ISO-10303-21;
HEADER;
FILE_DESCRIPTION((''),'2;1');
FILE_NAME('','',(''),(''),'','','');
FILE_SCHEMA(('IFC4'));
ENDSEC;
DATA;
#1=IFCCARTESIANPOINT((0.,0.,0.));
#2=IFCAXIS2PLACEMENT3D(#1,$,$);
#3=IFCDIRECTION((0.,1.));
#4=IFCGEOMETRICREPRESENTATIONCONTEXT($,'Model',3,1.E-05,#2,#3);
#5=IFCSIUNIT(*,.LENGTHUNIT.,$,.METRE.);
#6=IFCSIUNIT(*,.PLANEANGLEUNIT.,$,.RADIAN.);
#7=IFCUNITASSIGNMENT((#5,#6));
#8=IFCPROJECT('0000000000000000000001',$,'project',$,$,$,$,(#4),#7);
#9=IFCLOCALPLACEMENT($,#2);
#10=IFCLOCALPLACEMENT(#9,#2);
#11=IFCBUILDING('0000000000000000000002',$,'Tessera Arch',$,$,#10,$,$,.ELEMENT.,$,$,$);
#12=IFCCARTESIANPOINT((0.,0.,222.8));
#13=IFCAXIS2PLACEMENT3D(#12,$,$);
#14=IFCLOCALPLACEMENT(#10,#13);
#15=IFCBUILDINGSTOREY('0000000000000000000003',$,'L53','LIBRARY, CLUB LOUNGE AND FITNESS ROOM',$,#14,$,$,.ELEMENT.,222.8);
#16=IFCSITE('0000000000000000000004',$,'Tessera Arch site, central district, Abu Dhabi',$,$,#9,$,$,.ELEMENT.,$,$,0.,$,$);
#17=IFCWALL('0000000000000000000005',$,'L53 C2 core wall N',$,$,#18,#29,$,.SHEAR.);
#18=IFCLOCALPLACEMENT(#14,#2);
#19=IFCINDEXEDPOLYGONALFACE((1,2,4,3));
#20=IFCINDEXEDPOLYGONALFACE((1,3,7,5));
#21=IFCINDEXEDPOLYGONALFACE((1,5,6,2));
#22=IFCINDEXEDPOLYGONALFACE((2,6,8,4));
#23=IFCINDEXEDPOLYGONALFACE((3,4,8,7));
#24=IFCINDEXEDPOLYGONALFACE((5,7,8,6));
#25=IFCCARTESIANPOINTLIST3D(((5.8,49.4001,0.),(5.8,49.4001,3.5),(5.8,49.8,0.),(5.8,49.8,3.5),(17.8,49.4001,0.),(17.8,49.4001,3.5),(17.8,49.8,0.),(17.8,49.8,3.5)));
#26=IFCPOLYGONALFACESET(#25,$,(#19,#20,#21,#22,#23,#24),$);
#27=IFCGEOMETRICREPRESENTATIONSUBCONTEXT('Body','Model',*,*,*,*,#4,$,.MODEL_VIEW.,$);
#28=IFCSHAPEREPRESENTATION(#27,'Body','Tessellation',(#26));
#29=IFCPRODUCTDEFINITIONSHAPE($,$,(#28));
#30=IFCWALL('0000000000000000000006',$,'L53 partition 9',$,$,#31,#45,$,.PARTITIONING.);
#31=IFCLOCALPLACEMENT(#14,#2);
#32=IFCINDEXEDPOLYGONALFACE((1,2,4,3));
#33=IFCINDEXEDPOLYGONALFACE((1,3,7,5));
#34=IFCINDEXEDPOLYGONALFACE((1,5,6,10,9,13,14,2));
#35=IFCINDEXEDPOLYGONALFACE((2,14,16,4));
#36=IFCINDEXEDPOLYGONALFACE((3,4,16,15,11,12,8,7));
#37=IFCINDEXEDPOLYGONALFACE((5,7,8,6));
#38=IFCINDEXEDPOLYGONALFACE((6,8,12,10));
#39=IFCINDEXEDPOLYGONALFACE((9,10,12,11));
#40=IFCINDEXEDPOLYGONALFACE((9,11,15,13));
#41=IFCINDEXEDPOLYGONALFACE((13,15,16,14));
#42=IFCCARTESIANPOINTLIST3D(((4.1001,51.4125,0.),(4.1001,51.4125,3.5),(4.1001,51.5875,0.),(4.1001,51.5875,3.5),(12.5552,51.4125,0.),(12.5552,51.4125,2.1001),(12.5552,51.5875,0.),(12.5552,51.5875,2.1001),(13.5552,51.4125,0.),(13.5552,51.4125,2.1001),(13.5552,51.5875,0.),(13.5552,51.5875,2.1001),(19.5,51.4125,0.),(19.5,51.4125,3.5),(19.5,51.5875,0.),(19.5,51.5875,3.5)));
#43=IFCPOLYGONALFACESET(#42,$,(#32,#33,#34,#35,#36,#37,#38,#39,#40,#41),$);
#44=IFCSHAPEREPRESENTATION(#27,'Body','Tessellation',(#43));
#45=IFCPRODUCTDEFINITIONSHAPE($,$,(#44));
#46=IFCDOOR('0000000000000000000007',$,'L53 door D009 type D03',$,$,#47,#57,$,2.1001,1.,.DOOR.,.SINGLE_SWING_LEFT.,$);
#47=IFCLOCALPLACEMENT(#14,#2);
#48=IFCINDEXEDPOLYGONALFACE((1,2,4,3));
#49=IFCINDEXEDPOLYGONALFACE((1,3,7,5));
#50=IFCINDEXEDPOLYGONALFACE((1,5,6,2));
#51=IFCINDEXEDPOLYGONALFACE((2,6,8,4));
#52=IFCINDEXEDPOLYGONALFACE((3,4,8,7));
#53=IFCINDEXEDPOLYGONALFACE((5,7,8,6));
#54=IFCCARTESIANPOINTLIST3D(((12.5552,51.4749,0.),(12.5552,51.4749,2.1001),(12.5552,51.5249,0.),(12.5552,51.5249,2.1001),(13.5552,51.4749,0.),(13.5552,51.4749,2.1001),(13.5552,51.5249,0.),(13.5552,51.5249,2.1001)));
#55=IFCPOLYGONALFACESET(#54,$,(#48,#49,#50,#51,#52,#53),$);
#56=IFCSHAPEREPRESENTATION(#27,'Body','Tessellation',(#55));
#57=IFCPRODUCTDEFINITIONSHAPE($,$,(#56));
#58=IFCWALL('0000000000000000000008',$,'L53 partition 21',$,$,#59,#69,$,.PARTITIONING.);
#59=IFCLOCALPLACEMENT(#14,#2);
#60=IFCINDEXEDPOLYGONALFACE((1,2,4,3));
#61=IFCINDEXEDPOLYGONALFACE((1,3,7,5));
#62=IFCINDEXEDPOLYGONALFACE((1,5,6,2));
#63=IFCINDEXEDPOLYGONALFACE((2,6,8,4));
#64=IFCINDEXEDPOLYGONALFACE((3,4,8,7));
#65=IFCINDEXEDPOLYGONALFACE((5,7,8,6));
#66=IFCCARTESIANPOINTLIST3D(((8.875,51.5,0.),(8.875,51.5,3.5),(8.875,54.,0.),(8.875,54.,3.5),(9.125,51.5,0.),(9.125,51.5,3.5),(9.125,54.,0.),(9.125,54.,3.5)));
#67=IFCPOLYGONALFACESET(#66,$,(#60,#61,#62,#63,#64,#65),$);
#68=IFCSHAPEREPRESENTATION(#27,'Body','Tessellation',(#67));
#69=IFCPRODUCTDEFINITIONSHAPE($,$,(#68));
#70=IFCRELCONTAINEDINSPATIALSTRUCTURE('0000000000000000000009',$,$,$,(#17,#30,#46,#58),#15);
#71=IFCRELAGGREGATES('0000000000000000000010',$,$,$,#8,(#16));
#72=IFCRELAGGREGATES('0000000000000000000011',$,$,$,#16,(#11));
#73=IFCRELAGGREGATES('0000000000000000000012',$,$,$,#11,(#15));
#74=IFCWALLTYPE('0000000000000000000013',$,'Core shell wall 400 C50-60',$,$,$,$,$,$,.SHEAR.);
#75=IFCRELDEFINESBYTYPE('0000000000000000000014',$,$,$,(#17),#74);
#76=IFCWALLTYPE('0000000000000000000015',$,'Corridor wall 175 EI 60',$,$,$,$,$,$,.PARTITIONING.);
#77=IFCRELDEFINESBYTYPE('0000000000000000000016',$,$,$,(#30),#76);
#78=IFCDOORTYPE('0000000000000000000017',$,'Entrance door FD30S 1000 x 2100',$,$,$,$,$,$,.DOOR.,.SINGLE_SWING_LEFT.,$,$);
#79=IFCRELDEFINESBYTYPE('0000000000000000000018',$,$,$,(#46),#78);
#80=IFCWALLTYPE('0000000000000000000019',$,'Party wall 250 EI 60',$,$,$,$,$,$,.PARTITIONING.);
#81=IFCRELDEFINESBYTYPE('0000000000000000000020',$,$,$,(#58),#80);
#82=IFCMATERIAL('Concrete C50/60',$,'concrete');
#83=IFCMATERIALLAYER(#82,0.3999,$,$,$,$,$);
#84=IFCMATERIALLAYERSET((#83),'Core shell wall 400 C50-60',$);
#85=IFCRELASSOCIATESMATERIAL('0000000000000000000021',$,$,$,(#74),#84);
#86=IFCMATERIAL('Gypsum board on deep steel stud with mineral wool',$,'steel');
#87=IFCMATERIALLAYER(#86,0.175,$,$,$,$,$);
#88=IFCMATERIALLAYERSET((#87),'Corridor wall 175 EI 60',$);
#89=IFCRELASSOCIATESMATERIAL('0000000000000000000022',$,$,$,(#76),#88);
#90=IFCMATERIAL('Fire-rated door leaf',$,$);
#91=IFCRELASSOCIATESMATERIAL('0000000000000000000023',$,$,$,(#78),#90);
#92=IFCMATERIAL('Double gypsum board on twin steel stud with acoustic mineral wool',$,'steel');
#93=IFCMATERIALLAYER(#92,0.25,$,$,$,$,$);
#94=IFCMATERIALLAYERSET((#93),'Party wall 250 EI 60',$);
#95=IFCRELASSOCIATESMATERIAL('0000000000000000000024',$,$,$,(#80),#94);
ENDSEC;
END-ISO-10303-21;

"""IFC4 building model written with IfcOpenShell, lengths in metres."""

from ifc_helpers import new_model, si_unit, direction, frame, frame_2d, origin, place, context, subcontext, project, spatial, rectangle, extrude, material, layer, layer_set, type_object, element, fill, save


model = new_model("IFC4")

# Units and contexts
model_context = context("Model", 3, precision=1e-05, world=origin(), true_north=direction((0.0, 1.0)))
body_context = subcontext(model_context, "Body", "Model", "MODEL_VIEW")
ifc_project = project(units=[si_unit("LENGTHUNIT", "METRE"), si_unit("PLANEANGLEUNIT", "RADIAN")], contexts=[model_context])

# Site, building, storey
site_placement = place(None, origin())
site = spatial("IfcSite", under=ifc_project, at=site_placement, Name="Tessera Arch site, central district, Abu Dhabi", CompositionType="ELEMENT", RefElevation=0.0)
building_placement = place(site_placement, origin())
building = spatial("IfcBuilding", under=site, at=building_placement, Name="Tessera Arch", CompositionType="ELEMENT")
storey_placement = place(building_placement, frame((0.0, 0.0, 222.8)))
storey = spatial("IfcBuildingStorey", under=building, at=storey_placement, Name="L53", Description="LIBRARY, CLUB LOUNGE AND FITNESS ROOM", CompositionType="ELEMENT", Elevation=222.8)

# Wall
ifc_material_1 = material(Name="Concrete C50/60", Category="concrete")
ifc_layer_1 = layer(ifc_material_1, 0.3999)
ifc_layer_set_1 = layer_set([ifc_layer_1], Name="Core shell wall 400 C50-60")
wall_type_1 = type_object("IfcWallType", Name="Core shell wall 400 C50-60", PredefinedType="SHEAR", material=ifc_layer_set_1)
wall_1_placement = place(storey_placement, frame((5.8, 49.6001, 0.0), z_axis=(0.0, 0.0, 1.0), x_axis=(1.0, 0.0, 0.0)))
element("IfcWall", 1, at=wall_1_placement, inside=storey, type_object=wall_type_1, Name="L53 C2 core wall N", PredefinedType="SHEAR", context=body_context, shape_type="SweptSolid", body=[
    extrude(rectangle(XDim=12.0, YDim=0.3999, at=frame_2d((6.0, 0.0))), origin(), (0.0, 0.0, 1.0), 3.5),
])

# Wall, opening, door
ifc_material_2 = material(Name="Gypsum board on deep steel stud with mineral wool", Category="steel")
ifc_layer_2 = layer(ifc_material_2, 0.175)
ifc_layer_set_2 = layer_set([ifc_layer_2], Name="Corridor wall 175 EI 60")
wall_type_2 = type_object("IfcWallType", Name="Corridor wall 175 EI 60", PredefinedType="PARTITIONING", material=ifc_layer_set_2)
wall_2_placement = place(storey_placement, frame((4.1001, 51.5, 0.0), z_axis=(0.0, 0.0, 1.0), x_axis=(1.0, 0.0, 0.0)))
wall_2 = element("IfcWall", 2, at=wall_2_placement, inside=storey, type_object=wall_type_2, Name="L53 partition 9", PredefinedType="PARTITIONING", context=body_context, shape_type="SweptSolid", body=[
    extrude(rectangle(XDim=15.3999, YDim=0.175, at=frame_2d((7.7, 0.0))), origin(), (0.0, 0.0, 1.0), 3.5),
])
opening_placement = place(wall_2_placement, frame((8.4551, 0.0, 0.0)))
opening = element("IfcOpeningElement", 3, at=opening_placement, cuts=wall_2, PredefinedType="OPENING", context=body_context, shape_type="SweptSolid", body=[
    extrude(rectangle(XDim=1.0, YDim=2.1001, at=frame_2d((0.5, 1.05))), frame((0.0, 0.0974, 0.0), z_axis=(0.0, -1.0, 0.0), x_axis=(1.0, 0.0, 0.0)), (0.0, 0.0, 1.0), 0.1951),
])
ifc_material_3 = material(Name="Fire-rated door leaf")
door_type = type_object("IfcDoorType", Name="Entrance door FD30S 1000 x 2100", OperationType="SINGLE_SWING_LEFT", PredefinedType="DOOR", material=ifc_material_3)
door_placement = place(opening_placement, origin())
door = element("IfcDoor", 4, at=door_placement, inside=storey, type_object=door_type, Name="L53 door D009 type D03", OperationType="SINGLE_SWING_LEFT", OverallHeight=2.1001, OverallWidth=1.0, PredefinedType="DOOR", context=body_context, shape_type="SweptSolid", body=[
    extrude(rectangle(XDim=1.0, YDim=2.1001, at=frame_2d((0.5, 1.05))), frame((0.0, 0.0249, 0.0), z_axis=(0.0, -1.0, 0.0), x_axis=(1.0, 0.0, 0.0)), (0.0, 0.0, 1.0), 0.05),
])
fill(opening, door)

# Wall
ifc_material_4 = material(Name="Double gypsum board on twin steel stud with acoustic mineral wool", Category="steel")
ifc_layer_3 = layer(ifc_material_4, 0.25)
ifc_layer_set_3 = layer_set([ifc_layer_3], Name="Party wall 250 EI 60")
wall_type_3 = type_object("IfcWallType", Name="Party wall 250 EI 60", PredefinedType="PARTITIONING", material=ifc_layer_set_3)
wall_3_placement = place(storey_placement, frame((9.0, 51.5, 0.0), z_axis=(0.0, 0.0, 1.0), x_axis=(0.0, 1.0, 0.0)))
element("IfcWall", 5, at=wall_3_placement, inside=storey, type_object=wall_type_3, Name="L53 partition 21", PredefinedType="PARTITIONING", context=body_context, shape_type="SweptSolid", body=[
    extrude(rectangle(XDim=2.5, YDim=0.25, at=frame_2d((1.25, 0.0))), origin(), (0.0, 0.0, 1.0), 3.5),
])

save(model, "model.ifc")
